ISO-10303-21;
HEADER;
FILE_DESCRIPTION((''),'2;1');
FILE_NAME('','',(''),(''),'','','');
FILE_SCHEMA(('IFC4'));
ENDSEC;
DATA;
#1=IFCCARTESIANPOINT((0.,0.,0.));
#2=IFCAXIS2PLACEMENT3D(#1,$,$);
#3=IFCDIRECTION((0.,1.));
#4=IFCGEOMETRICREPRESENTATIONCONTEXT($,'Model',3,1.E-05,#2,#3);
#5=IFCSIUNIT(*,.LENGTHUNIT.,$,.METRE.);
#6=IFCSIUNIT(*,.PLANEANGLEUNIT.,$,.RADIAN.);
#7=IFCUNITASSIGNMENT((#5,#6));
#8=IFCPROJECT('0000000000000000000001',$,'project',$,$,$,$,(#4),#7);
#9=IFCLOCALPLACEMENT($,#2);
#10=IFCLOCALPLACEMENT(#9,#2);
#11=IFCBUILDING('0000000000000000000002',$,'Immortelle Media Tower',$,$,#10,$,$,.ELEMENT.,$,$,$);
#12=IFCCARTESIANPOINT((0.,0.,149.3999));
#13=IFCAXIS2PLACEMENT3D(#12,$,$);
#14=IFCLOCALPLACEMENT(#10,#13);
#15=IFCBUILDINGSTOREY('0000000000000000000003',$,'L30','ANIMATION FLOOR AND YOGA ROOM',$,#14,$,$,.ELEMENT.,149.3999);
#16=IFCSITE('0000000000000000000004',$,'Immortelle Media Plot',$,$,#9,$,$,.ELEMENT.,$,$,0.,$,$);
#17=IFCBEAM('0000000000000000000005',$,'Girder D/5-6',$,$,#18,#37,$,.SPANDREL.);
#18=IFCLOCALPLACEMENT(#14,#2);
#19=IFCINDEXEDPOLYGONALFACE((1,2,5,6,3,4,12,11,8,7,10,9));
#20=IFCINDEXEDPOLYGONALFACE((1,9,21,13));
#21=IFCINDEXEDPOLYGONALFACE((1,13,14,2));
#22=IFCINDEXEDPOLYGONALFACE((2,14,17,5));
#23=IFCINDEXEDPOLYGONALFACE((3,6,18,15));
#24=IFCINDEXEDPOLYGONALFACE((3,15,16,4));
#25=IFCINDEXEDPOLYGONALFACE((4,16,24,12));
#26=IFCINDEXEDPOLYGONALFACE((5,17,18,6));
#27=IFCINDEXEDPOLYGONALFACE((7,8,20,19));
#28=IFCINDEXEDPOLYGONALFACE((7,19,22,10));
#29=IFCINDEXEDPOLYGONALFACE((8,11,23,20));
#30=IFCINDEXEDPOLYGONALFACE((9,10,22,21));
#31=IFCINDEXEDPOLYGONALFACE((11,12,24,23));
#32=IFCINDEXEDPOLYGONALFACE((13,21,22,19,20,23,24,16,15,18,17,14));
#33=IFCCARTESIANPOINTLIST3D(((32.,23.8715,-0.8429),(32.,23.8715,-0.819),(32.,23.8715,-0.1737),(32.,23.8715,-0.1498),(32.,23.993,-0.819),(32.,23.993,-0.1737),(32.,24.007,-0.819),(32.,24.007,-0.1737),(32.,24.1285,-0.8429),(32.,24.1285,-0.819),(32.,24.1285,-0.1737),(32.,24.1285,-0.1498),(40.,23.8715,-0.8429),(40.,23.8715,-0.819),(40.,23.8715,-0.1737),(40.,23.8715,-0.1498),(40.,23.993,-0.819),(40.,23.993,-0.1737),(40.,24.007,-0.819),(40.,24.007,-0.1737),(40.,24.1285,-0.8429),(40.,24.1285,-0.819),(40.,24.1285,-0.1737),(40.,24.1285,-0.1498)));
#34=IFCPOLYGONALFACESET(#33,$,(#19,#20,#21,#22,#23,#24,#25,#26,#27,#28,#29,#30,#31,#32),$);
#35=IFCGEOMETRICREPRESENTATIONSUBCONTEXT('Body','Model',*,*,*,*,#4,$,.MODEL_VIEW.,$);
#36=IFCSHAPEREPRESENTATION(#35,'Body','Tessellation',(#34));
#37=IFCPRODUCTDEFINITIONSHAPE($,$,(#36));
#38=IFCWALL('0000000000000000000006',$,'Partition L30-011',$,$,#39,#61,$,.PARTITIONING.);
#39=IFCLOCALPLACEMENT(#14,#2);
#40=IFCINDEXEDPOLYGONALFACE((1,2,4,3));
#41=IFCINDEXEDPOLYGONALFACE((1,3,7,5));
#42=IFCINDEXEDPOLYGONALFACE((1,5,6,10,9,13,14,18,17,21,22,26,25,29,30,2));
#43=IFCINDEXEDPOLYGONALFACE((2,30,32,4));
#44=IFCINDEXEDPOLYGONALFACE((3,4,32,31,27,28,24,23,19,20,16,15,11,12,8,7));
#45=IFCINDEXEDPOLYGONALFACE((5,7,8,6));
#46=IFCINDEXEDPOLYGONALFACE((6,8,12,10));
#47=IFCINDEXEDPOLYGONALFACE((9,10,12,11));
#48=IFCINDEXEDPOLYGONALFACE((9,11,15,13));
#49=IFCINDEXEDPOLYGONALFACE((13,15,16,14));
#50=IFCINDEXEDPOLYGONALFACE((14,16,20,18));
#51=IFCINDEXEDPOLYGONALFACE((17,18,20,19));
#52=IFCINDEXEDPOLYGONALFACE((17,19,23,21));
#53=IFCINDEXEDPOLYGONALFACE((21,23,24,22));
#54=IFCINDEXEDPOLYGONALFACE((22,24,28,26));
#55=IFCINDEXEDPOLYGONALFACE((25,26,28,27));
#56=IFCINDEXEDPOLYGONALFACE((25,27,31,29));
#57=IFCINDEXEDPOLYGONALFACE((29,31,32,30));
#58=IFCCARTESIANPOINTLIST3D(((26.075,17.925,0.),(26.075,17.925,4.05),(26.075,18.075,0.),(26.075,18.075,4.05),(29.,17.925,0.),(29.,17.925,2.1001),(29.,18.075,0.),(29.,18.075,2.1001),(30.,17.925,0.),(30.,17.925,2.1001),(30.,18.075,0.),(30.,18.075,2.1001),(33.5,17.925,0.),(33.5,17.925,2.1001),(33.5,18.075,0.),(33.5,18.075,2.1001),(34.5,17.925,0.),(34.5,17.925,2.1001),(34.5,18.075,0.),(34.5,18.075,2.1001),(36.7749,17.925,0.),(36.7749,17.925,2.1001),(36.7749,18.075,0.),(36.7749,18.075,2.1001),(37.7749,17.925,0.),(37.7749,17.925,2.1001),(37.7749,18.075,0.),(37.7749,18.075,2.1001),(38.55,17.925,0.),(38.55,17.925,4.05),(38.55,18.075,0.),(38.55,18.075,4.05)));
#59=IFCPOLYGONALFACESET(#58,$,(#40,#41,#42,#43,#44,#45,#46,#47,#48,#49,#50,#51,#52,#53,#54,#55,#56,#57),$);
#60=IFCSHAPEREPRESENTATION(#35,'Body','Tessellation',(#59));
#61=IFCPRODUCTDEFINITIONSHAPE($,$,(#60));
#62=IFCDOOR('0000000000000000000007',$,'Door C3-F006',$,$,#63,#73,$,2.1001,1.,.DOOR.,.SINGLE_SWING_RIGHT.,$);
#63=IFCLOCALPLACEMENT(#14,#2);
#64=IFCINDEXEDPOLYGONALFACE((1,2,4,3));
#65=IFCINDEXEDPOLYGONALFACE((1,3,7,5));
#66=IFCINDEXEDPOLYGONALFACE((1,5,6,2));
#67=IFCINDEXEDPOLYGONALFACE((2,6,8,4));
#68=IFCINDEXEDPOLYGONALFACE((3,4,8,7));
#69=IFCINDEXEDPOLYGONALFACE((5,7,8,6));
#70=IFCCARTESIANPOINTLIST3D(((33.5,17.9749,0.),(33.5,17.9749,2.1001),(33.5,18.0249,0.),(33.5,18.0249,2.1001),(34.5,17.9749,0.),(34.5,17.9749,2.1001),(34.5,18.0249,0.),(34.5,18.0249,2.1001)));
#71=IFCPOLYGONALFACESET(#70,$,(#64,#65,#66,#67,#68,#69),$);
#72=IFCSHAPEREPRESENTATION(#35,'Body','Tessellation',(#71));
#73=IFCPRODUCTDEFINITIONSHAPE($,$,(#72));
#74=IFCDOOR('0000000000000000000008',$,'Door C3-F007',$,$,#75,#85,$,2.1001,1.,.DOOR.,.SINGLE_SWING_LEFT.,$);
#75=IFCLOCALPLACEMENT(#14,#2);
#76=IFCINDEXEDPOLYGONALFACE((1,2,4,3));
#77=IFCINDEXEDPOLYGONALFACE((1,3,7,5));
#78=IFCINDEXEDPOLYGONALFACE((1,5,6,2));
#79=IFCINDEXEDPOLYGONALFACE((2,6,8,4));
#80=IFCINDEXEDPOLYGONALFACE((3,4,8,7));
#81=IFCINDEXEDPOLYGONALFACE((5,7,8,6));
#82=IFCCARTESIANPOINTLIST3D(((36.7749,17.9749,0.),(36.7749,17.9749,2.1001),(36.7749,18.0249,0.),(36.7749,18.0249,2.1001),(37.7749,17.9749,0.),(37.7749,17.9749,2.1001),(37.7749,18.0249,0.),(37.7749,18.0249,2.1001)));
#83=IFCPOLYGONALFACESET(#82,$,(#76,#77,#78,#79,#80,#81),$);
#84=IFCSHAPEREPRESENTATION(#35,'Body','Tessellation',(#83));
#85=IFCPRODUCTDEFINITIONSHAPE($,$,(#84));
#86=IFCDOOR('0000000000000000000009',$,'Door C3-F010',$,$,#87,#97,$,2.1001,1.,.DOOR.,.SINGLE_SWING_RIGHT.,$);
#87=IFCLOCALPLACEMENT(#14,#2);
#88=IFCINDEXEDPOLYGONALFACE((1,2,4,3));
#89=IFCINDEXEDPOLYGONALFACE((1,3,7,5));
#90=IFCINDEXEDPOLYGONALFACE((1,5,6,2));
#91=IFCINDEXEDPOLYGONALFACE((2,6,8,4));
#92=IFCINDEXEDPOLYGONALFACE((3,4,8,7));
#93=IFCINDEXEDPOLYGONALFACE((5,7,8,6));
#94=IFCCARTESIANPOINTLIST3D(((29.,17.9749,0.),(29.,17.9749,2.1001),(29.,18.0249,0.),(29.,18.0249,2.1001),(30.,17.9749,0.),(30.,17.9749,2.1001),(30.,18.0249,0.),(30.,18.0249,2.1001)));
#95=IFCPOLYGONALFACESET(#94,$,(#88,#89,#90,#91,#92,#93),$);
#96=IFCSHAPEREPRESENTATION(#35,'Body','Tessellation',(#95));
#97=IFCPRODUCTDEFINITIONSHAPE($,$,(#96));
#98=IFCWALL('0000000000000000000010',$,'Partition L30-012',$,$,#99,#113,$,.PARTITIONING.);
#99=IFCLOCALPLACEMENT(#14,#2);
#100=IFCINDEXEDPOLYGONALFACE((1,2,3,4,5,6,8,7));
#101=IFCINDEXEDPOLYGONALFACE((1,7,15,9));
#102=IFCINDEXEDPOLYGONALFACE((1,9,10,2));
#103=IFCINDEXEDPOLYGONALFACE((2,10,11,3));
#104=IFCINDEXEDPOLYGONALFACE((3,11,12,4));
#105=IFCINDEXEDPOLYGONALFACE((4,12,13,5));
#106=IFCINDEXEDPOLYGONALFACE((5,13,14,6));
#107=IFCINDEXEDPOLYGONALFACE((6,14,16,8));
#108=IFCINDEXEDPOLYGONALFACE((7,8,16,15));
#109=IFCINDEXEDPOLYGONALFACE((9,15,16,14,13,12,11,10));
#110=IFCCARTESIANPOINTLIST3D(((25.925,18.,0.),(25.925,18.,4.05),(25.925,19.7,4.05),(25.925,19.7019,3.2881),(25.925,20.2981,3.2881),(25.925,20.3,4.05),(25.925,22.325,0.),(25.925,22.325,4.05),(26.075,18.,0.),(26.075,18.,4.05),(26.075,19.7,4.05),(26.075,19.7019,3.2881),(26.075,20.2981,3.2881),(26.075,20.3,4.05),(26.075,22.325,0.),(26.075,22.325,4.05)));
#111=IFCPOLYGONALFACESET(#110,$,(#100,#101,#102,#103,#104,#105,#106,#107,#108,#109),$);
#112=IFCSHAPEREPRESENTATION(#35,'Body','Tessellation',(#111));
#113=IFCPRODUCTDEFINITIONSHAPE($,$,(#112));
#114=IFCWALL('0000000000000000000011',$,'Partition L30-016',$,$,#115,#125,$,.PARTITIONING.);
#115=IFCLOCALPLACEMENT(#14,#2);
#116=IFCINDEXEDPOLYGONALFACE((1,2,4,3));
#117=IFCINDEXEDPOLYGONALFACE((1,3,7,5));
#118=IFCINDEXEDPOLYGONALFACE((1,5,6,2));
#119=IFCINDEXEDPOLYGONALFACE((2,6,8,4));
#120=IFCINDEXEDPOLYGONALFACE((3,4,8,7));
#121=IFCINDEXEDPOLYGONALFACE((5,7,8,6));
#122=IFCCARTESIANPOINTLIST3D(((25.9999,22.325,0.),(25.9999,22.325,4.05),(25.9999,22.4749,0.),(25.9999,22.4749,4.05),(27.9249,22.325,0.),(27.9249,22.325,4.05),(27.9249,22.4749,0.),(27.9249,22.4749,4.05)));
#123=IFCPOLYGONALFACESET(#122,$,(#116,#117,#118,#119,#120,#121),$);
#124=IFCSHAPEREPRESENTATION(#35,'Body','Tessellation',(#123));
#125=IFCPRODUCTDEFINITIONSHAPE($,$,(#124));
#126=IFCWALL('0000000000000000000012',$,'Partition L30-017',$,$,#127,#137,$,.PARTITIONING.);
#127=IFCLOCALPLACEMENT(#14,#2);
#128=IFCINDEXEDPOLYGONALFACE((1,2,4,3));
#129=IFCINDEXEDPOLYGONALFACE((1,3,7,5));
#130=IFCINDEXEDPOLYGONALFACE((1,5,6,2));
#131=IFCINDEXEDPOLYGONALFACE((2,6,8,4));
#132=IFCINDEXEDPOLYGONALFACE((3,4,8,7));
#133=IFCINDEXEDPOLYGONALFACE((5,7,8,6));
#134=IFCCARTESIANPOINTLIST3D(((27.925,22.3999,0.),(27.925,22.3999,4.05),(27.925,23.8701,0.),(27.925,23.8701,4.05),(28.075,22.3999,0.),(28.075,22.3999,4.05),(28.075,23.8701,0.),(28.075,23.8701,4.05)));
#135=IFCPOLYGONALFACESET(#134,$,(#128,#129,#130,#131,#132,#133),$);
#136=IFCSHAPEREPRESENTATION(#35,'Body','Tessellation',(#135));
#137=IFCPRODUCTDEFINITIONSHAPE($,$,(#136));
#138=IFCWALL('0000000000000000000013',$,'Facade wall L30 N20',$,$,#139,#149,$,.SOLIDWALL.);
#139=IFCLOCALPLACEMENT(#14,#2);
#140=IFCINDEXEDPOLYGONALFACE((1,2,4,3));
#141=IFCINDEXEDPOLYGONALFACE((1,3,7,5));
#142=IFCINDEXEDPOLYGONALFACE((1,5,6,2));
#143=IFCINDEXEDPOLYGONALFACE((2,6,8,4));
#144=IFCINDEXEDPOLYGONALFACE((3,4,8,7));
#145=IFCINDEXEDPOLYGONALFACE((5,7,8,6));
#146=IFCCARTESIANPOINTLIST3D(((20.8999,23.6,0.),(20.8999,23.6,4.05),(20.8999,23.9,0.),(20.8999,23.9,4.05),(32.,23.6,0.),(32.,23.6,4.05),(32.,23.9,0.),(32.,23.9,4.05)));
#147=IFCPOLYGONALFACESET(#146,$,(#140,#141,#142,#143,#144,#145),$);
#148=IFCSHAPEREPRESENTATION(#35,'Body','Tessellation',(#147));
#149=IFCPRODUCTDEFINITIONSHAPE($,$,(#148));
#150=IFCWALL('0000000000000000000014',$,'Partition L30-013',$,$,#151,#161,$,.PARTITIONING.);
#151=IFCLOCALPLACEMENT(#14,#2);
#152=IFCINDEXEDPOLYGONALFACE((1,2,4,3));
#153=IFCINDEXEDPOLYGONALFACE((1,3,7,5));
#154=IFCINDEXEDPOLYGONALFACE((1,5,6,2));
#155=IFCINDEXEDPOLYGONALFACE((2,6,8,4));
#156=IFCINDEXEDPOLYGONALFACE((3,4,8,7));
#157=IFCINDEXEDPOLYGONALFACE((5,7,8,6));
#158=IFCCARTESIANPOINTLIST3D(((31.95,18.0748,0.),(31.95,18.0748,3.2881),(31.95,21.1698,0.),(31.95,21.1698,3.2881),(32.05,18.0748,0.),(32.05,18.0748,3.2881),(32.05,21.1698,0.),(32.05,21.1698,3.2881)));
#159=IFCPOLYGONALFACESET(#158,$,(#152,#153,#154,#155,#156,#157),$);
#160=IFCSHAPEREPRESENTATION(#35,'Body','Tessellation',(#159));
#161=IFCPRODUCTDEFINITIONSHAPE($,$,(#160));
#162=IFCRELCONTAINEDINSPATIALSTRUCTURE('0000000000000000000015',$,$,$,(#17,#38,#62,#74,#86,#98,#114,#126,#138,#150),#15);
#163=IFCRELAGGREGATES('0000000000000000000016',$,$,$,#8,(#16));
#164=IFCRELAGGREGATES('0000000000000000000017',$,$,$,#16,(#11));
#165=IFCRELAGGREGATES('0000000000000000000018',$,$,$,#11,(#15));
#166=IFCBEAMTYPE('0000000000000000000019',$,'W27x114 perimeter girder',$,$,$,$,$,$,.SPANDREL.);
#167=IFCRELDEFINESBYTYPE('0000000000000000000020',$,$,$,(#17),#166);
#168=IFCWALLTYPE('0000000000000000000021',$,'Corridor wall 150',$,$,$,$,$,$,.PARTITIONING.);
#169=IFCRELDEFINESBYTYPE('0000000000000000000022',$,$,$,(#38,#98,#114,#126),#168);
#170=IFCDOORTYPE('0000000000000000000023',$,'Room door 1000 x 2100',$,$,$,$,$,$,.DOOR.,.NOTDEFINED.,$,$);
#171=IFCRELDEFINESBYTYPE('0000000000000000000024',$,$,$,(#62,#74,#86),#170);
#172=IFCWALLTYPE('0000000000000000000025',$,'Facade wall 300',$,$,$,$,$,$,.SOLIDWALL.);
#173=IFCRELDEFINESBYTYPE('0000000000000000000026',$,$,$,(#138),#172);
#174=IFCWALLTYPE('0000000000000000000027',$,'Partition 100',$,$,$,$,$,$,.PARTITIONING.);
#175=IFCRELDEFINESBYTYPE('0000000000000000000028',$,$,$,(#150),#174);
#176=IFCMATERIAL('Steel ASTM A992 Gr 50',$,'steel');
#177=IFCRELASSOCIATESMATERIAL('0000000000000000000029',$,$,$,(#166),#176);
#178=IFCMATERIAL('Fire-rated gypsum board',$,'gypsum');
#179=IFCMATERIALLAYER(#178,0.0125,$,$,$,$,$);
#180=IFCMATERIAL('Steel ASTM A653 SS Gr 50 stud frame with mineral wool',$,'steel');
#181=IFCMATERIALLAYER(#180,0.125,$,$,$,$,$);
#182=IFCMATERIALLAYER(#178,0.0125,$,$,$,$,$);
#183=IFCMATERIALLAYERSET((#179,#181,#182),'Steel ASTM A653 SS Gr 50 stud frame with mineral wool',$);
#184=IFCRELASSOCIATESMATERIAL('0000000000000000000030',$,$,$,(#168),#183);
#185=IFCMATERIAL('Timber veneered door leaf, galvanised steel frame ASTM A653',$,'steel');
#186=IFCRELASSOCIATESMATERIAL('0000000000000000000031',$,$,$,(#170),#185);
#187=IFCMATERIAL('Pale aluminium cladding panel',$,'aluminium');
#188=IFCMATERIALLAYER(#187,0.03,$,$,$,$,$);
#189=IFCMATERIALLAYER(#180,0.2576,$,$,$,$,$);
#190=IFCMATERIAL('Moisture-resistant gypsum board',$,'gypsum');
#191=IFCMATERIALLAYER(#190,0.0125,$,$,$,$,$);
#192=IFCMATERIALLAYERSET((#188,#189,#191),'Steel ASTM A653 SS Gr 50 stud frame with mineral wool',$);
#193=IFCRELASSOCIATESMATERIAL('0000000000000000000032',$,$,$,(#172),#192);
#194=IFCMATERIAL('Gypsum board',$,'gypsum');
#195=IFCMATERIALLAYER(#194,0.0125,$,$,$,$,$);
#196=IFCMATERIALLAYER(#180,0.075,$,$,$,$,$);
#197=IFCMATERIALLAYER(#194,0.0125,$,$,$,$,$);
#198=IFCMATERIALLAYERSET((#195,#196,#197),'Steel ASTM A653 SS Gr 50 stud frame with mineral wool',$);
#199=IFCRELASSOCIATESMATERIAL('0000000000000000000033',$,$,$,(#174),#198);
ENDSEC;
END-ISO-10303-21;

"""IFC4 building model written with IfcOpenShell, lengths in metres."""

from ifc_helpers import new_model, si_unit, direction, frame, frame_2d, origin, origin_2d, place, context, subcontext, project, spatial, polyline, rectangle, i_section, outline, extrude, material, layer, layer_set, material_profile, profile_set, type_object, element, fill, save


model = new_model("IFC4")

# Units and contexts
model_context = context("Model", 3, precision=1e-05, world=origin(), true_north=direction((0.0, 1.0)))
body_context = subcontext(model_context, "Body", "Model", "MODEL_VIEW")
ifc_project = project(units=[si_unit("LENGTHUNIT", "METRE"), si_unit("PLANEANGLEUNIT", "RADIAN")], contexts=[model_context])

# Site, building, storey
site_placement = place(None, origin())
site = spatial("IfcSite", under=ifc_project, at=site_placement, Name="Immortelle Media Plot", CompositionType="ELEMENT", RefElevation=0.0)
building_placement = place(site_placement, origin())
building = spatial("IfcBuilding", under=site, at=building_placement, Name="Immortelle Media Tower", CompositionType="ELEMENT")
storey_placement = place(building_placement, frame((0.0, 0.0, 149.3999)))
storey = spatial("IfcBuildingStorey", under=building, at=storey_placement, Name="L30", Description="ANIMATION FLOOR AND YOGA ROOM", CompositionType="ELEMENT", Elevation=149.3999)

# Shared definitions
ifc_material_1 = material(Name="Steel ASTM A992 Gr 50", Category="steel")

# Beam
ifc_material_profile_1 = material_profile(ifc_material_1, i_section(OverallWidth=0.2571, OverallDepth=0.6931, WebThickness=0.0139, FlangeThickness=0.0239, at=origin_2d()), Name="W27x114")
ifc_profile_set_1 = profile_set([ifc_material_profile_1], Name="Steel ASTM A992 Gr 50")
beam_type_1 = type_object("IfcBeamType", Name="W27x114 perimeter girder", PredefinedType="SPANDREL", material=ifc_profile_set_1)
beam_placement = place(storey_placement, frame((32.0, 24.0, -0.4963), z_axis=(1.0, 0.0, 0.0), x_axis=(0.0, 1.0, 0.0)))
element("IfcBeam", 1, at=beam_placement, inside=storey, type_object=beam_type_1, Name="Girder D/5-6", PredefinedType="SPANDREL", context=body_context, shape_type="SweptSolid", body=[
    extrude(i_section(OverallWidth=0.2571, OverallDepth=0.6931, WebThickness=0.0139, FlangeThickness=0.0239, at=origin_2d()), origin(), (0.0, 0.0, 1.0), 8.0),
])

# Wall, openings, doors
ifc_material_2 = material(Name="Fire-rated gypsum board", Category="gypsum")
ifc_layer_1 = layer(ifc_material_2, 0.0125)
ifc_material_3 = material(Name="Steel ASTM A653 SS Gr 50 stud frame with mineral wool", Category="steel")
ifc_layer_2 = layer(ifc_material_3, 0.125)
ifc_layer_3 = layer(ifc_material_2, 0.0125)
ifc_layer_set_1 = layer_set([ifc_layer_1, ifc_layer_2, ifc_layer_3], Name="Steel ASTM A653 SS Gr 50 stud frame with mineral wool")
wall_type_1 = type_object("IfcWallType", Name="Corridor wall 150", PredefinedType="PARTITIONING", material=ifc_layer_set_1)
wall_1_placement = place(storey_placement, frame((26.075, 18.0, 0.0), z_axis=(0.0, 0.0, 1.0), x_axis=(1.0, 0.0, 0.0)))
wall_1 = element("IfcWall", 2, at=wall_1_placement, inside=storey, type_object=wall_type_1, Name="Partition L30-011", PredefinedType="PARTITIONING", context=body_context, shape_type="SweptSolid", body=[
    extrude(rectangle(XDim=12.4751, YDim=0.1499, at=frame_2d((6.2375, 0.0))), origin(), (0.0, 0.0, 1.0), 4.05),
])
opening_1_placement = place(wall_1_placement, frame((7.425, 0.0, 0.0)))
opening_1 = element("IfcOpeningElement", 3, at=opening_1_placement, cuts=wall_1, PredefinedType="OPENING", context=body_context, shape_type="SweptSolid", body=[
    extrude(rectangle(XDim=1.0, YDim=2.1001, at=frame_2d((0.5, 1.05))), frame((0.0, 0.085, 0.0), z_axis=(0.0, -1.0, 0.0), x_axis=(1.0, 0.0, 0.0)), (0.0, 0.0, 1.0), 0.1699),
])
opening_2_placement = place(wall_1_placement, frame((10.7, 0.0, 0.0)))
opening_2 = element("IfcOpeningElement", 4, at=opening_2_placement, cuts=wall_1, PredefinedType="OPENING", context=body_context, shape_type="SweptSolid", body=[
    extrude(rectangle(XDim=1.0, YDim=2.1001, at=frame_2d((0.5, 1.05))), frame((0.0, 0.085, 0.0), z_axis=(0.0, -1.0, 0.0), x_axis=(1.0, 0.0, 0.0)), (0.0, 0.0, 1.0), 0.1699),
])
opening_3_placement = place(wall_1_placement, frame((2.925, 0.0, 0.0)))
opening_3 = element("IfcOpeningElement", 5, at=opening_3_placement, cuts=wall_1, PredefinedType="OPENING", context=body_context, shape_type="SweptSolid", body=[
    extrude(rectangle(XDim=1.0, YDim=2.1001, at=frame_2d((0.5, 1.05))), frame((0.0, 0.085, 0.0), z_axis=(0.0, -1.0, 0.0), x_axis=(1.0, 0.0, 0.0)), (0.0, 0.0, 1.0), 0.1699),
])
ifc_material_4 = material(Name="Timber veneered door leaf, galvanised steel frame ASTM A653", Category="steel")
door_type = type_object("IfcDoorType", Name="Room door 1000 x 2100", OperationType="NOTDEFINED", PredefinedType="DOOR", material=ifc_material_4)
door_1_placement = place(opening_1_placement, origin())
door_1 = element("IfcDoor", 6, at=door_1_placement, inside=storey, type_object=door_type, Name="Door C3-F006", OperationType="SINGLE_SWING_RIGHT", OverallHeight=2.1001, OverallWidth=1.0, PredefinedType="DOOR", context=body_context, shape_type="SweptSolid", body=[
    extrude(rectangle(XDim=1.0, YDim=2.1001, at=frame_2d((0.5, 1.05))), frame((0.0, 0.0249, 0.0), z_axis=(0.0, -1.0, 0.0), x_axis=(1.0, 0.0, 0.0)), (0.0, 0.0, 1.0), 0.05),
])
fill(opening_1, door_1)
door_2_placement = place(opening_2_placement, origin())
door_2 = element("IfcDoor", 7, at=door_2_placement, inside=storey, type_object=door_type, Name="Door C3-F007", OperationType="SINGLE_SWING_LEFT", OverallHeight=2.1001, OverallWidth=1.0, PredefinedType="DOOR", context=body_context, shape_type="SweptSolid", body=[
    extrude(rectangle(XDim=1.0, YDim=2.1001, at=frame_2d((0.5, 1.05))), frame((0.0, 0.0249, 0.0), z_axis=(0.0, -1.0, 0.0), x_axis=(1.0, 0.0, 0.0)), (0.0, 0.0, 1.0), 0.05),
])
fill(opening_2, door_2)
door_3_placement = place(opening_3_placement, origin())
door_3 = element("IfcDoor", 8, at=door_3_placement, inside=storey, type_object=door_type, Name="Door C3-F010", OperationType="SINGLE_SWING_RIGHT", OverallHeight=2.1001, OverallWidth=1.0, PredefinedType="DOOR", context=body_context, shape_type="SweptSolid", body=[
    extrude(rectangle(XDim=1.0, YDim=2.1001, at=frame_2d((0.5, 1.05))), frame((0.0, 0.0249, 0.0), z_axis=(0.0, -1.0, 0.0), x_axis=(1.0, 0.0, 0.0)), (0.0, 0.0, 1.0), 0.05),
])
fill(opening_3, door_3)

# Walls
wall_2_placement = place(storey_placement, frame((26.0, 18.0, 0.0), z_axis=(0.0, 0.0, 1.0), x_axis=(0.0, 1.0, 0.0)))
element("IfcWall", 9, at=wall_2_placement, inside=storey, type_object=wall_type_1, Name="Partition L30-012", PredefinedType="PARTITIONING", context=body_context, shape_type="SweptSolid", body=[
    extrude(outline(polyline([(0.0, 0.0), (4.325, 0.0), (4.325, 4.05), (2.3, 4.05), (2.2981, 3.2881), (1.7019, 3.2881), (1.7, 4.05), (0.0, 4.05), (0.0, 0.0)])), frame((0.0, 0.075, 0.0), z_axis=(0.0, -1.0, 0.0), x_axis=(1.0, 0.0, 0.0)), (0.0, 0.0, 1.0), 0.1499),
])
wall_3_placement = place(storey_placement, frame((26.0, 22.3999, 0.0), z_axis=(0.0, 0.0, 1.0), x_axis=(1.0, 0.0, 0.0)))
element("IfcWall", 10, at=wall_3_placement, inside=storey, type_object=wall_type_1, Name="Partition L30-016", PredefinedType="PARTITIONING", context=body_context, shape_type="SweptSolid", body=[
    extrude(rectangle(XDim=1.925, YDim=0.1499, at=frame_2d((0.9624, 0.0))), origin(), (0.0, 0.0, 1.0), 4.05),
])
wall_4_placement = place(storey_placement, frame((28.0, 22.3999, 0.0), z_axis=(0.0, 0.0, 1.0), x_axis=(0.0, 1.0, 0.0)))
element("IfcWall", 11, at=wall_4_placement, inside=storey, type_object=wall_type_1, Name="Partition L30-017", PredefinedType="PARTITIONING", context=body_context, shape_type="SweptSolid", body=[
    extrude(rectangle(XDim=1.4702, YDim=0.1499, at=frame_2d((0.7351, 0.0))), origin(), (0.0, 0.0, 1.0), 4.05),
])
ifc_material_5 = material(Name="Pale aluminium cladding panel", Category="aluminium")
ifc_layer_4 = layer(ifc_material_5, 0.03)
ifc_layer_5 = layer(ifc_material_3, 0.2576)
ifc_material_6 = material(Name="Moisture-resistant gypsum board", Category="gypsum")
ifc_layer_6 = layer(ifc_material_6, 0.0125)
ifc_layer_set_2 = layer_set([ifc_layer_4, ifc_layer_5, ifc_layer_6], Name="Steel ASTM A653 SS Gr 50 stud frame with mineral wool")
wall_type_2 = type_object("IfcWallType", Name="Facade wall 300", PredefinedType="SOLIDWALL", material=ifc_layer_set_2)
wall_5_placement = place(storey_placement, frame((32.0, 23.75, 0.0), z_axis=(0.0, 0.0, 1.0), x_axis=(-1.0, 0.0, 0.0)))
element("IfcWall", 12, at=wall_5_placement, inside=storey, type_object=wall_type_2, Name="Facade wall L30 N20", PredefinedType="SOLIDWALL", context=body_context, shape_type="SweptSolid", body=[
    extrude(rectangle(XDim=11.1001, YDim=0.3, at=frame_2d((5.55, 0.0))), origin(), (0.0, 0.0, 1.0), 4.05),
])
ifc_material_7 = material(Name="Gypsum board", Category="gypsum")
ifc_layer_7 = layer(ifc_material_7, 0.0125)
ifc_layer_8 = layer(ifc_material_3, 0.075)
ifc_layer_9 = layer(ifc_material_7, 0.0125)
ifc_layer_set_3 = layer_set([ifc_layer_7, ifc_layer_8, ifc_layer_9], Name="Steel ASTM A653 SS Gr 50 stud frame with mineral wool")
wall_type_3 = type_object("IfcWallType", Name="Partition 100", PredefinedType="PARTITIONING", material=ifc_layer_set_3)
wall_6_placement = place(storey_placement, frame((32.0, 18.075, 0.0), z_axis=(0.0, 0.0, 1.0), x_axis=(0.0, 1.0, 0.0)))
element("IfcWall", 13, at=wall_6_placement, inside=storey, type_object=wall_type_3, Name="Partition L30-013", PredefinedType="PARTITIONING", context=body_context, shape_type="SweptSolid", body=[
    extrude(rectangle(XDim=3.095, YDim=0.1001, at=frame_2d((1.5474, 0.0))), origin(), (0.0, 0.0, 1.0), 3.2881),
])

save(model, "model.ifc")
